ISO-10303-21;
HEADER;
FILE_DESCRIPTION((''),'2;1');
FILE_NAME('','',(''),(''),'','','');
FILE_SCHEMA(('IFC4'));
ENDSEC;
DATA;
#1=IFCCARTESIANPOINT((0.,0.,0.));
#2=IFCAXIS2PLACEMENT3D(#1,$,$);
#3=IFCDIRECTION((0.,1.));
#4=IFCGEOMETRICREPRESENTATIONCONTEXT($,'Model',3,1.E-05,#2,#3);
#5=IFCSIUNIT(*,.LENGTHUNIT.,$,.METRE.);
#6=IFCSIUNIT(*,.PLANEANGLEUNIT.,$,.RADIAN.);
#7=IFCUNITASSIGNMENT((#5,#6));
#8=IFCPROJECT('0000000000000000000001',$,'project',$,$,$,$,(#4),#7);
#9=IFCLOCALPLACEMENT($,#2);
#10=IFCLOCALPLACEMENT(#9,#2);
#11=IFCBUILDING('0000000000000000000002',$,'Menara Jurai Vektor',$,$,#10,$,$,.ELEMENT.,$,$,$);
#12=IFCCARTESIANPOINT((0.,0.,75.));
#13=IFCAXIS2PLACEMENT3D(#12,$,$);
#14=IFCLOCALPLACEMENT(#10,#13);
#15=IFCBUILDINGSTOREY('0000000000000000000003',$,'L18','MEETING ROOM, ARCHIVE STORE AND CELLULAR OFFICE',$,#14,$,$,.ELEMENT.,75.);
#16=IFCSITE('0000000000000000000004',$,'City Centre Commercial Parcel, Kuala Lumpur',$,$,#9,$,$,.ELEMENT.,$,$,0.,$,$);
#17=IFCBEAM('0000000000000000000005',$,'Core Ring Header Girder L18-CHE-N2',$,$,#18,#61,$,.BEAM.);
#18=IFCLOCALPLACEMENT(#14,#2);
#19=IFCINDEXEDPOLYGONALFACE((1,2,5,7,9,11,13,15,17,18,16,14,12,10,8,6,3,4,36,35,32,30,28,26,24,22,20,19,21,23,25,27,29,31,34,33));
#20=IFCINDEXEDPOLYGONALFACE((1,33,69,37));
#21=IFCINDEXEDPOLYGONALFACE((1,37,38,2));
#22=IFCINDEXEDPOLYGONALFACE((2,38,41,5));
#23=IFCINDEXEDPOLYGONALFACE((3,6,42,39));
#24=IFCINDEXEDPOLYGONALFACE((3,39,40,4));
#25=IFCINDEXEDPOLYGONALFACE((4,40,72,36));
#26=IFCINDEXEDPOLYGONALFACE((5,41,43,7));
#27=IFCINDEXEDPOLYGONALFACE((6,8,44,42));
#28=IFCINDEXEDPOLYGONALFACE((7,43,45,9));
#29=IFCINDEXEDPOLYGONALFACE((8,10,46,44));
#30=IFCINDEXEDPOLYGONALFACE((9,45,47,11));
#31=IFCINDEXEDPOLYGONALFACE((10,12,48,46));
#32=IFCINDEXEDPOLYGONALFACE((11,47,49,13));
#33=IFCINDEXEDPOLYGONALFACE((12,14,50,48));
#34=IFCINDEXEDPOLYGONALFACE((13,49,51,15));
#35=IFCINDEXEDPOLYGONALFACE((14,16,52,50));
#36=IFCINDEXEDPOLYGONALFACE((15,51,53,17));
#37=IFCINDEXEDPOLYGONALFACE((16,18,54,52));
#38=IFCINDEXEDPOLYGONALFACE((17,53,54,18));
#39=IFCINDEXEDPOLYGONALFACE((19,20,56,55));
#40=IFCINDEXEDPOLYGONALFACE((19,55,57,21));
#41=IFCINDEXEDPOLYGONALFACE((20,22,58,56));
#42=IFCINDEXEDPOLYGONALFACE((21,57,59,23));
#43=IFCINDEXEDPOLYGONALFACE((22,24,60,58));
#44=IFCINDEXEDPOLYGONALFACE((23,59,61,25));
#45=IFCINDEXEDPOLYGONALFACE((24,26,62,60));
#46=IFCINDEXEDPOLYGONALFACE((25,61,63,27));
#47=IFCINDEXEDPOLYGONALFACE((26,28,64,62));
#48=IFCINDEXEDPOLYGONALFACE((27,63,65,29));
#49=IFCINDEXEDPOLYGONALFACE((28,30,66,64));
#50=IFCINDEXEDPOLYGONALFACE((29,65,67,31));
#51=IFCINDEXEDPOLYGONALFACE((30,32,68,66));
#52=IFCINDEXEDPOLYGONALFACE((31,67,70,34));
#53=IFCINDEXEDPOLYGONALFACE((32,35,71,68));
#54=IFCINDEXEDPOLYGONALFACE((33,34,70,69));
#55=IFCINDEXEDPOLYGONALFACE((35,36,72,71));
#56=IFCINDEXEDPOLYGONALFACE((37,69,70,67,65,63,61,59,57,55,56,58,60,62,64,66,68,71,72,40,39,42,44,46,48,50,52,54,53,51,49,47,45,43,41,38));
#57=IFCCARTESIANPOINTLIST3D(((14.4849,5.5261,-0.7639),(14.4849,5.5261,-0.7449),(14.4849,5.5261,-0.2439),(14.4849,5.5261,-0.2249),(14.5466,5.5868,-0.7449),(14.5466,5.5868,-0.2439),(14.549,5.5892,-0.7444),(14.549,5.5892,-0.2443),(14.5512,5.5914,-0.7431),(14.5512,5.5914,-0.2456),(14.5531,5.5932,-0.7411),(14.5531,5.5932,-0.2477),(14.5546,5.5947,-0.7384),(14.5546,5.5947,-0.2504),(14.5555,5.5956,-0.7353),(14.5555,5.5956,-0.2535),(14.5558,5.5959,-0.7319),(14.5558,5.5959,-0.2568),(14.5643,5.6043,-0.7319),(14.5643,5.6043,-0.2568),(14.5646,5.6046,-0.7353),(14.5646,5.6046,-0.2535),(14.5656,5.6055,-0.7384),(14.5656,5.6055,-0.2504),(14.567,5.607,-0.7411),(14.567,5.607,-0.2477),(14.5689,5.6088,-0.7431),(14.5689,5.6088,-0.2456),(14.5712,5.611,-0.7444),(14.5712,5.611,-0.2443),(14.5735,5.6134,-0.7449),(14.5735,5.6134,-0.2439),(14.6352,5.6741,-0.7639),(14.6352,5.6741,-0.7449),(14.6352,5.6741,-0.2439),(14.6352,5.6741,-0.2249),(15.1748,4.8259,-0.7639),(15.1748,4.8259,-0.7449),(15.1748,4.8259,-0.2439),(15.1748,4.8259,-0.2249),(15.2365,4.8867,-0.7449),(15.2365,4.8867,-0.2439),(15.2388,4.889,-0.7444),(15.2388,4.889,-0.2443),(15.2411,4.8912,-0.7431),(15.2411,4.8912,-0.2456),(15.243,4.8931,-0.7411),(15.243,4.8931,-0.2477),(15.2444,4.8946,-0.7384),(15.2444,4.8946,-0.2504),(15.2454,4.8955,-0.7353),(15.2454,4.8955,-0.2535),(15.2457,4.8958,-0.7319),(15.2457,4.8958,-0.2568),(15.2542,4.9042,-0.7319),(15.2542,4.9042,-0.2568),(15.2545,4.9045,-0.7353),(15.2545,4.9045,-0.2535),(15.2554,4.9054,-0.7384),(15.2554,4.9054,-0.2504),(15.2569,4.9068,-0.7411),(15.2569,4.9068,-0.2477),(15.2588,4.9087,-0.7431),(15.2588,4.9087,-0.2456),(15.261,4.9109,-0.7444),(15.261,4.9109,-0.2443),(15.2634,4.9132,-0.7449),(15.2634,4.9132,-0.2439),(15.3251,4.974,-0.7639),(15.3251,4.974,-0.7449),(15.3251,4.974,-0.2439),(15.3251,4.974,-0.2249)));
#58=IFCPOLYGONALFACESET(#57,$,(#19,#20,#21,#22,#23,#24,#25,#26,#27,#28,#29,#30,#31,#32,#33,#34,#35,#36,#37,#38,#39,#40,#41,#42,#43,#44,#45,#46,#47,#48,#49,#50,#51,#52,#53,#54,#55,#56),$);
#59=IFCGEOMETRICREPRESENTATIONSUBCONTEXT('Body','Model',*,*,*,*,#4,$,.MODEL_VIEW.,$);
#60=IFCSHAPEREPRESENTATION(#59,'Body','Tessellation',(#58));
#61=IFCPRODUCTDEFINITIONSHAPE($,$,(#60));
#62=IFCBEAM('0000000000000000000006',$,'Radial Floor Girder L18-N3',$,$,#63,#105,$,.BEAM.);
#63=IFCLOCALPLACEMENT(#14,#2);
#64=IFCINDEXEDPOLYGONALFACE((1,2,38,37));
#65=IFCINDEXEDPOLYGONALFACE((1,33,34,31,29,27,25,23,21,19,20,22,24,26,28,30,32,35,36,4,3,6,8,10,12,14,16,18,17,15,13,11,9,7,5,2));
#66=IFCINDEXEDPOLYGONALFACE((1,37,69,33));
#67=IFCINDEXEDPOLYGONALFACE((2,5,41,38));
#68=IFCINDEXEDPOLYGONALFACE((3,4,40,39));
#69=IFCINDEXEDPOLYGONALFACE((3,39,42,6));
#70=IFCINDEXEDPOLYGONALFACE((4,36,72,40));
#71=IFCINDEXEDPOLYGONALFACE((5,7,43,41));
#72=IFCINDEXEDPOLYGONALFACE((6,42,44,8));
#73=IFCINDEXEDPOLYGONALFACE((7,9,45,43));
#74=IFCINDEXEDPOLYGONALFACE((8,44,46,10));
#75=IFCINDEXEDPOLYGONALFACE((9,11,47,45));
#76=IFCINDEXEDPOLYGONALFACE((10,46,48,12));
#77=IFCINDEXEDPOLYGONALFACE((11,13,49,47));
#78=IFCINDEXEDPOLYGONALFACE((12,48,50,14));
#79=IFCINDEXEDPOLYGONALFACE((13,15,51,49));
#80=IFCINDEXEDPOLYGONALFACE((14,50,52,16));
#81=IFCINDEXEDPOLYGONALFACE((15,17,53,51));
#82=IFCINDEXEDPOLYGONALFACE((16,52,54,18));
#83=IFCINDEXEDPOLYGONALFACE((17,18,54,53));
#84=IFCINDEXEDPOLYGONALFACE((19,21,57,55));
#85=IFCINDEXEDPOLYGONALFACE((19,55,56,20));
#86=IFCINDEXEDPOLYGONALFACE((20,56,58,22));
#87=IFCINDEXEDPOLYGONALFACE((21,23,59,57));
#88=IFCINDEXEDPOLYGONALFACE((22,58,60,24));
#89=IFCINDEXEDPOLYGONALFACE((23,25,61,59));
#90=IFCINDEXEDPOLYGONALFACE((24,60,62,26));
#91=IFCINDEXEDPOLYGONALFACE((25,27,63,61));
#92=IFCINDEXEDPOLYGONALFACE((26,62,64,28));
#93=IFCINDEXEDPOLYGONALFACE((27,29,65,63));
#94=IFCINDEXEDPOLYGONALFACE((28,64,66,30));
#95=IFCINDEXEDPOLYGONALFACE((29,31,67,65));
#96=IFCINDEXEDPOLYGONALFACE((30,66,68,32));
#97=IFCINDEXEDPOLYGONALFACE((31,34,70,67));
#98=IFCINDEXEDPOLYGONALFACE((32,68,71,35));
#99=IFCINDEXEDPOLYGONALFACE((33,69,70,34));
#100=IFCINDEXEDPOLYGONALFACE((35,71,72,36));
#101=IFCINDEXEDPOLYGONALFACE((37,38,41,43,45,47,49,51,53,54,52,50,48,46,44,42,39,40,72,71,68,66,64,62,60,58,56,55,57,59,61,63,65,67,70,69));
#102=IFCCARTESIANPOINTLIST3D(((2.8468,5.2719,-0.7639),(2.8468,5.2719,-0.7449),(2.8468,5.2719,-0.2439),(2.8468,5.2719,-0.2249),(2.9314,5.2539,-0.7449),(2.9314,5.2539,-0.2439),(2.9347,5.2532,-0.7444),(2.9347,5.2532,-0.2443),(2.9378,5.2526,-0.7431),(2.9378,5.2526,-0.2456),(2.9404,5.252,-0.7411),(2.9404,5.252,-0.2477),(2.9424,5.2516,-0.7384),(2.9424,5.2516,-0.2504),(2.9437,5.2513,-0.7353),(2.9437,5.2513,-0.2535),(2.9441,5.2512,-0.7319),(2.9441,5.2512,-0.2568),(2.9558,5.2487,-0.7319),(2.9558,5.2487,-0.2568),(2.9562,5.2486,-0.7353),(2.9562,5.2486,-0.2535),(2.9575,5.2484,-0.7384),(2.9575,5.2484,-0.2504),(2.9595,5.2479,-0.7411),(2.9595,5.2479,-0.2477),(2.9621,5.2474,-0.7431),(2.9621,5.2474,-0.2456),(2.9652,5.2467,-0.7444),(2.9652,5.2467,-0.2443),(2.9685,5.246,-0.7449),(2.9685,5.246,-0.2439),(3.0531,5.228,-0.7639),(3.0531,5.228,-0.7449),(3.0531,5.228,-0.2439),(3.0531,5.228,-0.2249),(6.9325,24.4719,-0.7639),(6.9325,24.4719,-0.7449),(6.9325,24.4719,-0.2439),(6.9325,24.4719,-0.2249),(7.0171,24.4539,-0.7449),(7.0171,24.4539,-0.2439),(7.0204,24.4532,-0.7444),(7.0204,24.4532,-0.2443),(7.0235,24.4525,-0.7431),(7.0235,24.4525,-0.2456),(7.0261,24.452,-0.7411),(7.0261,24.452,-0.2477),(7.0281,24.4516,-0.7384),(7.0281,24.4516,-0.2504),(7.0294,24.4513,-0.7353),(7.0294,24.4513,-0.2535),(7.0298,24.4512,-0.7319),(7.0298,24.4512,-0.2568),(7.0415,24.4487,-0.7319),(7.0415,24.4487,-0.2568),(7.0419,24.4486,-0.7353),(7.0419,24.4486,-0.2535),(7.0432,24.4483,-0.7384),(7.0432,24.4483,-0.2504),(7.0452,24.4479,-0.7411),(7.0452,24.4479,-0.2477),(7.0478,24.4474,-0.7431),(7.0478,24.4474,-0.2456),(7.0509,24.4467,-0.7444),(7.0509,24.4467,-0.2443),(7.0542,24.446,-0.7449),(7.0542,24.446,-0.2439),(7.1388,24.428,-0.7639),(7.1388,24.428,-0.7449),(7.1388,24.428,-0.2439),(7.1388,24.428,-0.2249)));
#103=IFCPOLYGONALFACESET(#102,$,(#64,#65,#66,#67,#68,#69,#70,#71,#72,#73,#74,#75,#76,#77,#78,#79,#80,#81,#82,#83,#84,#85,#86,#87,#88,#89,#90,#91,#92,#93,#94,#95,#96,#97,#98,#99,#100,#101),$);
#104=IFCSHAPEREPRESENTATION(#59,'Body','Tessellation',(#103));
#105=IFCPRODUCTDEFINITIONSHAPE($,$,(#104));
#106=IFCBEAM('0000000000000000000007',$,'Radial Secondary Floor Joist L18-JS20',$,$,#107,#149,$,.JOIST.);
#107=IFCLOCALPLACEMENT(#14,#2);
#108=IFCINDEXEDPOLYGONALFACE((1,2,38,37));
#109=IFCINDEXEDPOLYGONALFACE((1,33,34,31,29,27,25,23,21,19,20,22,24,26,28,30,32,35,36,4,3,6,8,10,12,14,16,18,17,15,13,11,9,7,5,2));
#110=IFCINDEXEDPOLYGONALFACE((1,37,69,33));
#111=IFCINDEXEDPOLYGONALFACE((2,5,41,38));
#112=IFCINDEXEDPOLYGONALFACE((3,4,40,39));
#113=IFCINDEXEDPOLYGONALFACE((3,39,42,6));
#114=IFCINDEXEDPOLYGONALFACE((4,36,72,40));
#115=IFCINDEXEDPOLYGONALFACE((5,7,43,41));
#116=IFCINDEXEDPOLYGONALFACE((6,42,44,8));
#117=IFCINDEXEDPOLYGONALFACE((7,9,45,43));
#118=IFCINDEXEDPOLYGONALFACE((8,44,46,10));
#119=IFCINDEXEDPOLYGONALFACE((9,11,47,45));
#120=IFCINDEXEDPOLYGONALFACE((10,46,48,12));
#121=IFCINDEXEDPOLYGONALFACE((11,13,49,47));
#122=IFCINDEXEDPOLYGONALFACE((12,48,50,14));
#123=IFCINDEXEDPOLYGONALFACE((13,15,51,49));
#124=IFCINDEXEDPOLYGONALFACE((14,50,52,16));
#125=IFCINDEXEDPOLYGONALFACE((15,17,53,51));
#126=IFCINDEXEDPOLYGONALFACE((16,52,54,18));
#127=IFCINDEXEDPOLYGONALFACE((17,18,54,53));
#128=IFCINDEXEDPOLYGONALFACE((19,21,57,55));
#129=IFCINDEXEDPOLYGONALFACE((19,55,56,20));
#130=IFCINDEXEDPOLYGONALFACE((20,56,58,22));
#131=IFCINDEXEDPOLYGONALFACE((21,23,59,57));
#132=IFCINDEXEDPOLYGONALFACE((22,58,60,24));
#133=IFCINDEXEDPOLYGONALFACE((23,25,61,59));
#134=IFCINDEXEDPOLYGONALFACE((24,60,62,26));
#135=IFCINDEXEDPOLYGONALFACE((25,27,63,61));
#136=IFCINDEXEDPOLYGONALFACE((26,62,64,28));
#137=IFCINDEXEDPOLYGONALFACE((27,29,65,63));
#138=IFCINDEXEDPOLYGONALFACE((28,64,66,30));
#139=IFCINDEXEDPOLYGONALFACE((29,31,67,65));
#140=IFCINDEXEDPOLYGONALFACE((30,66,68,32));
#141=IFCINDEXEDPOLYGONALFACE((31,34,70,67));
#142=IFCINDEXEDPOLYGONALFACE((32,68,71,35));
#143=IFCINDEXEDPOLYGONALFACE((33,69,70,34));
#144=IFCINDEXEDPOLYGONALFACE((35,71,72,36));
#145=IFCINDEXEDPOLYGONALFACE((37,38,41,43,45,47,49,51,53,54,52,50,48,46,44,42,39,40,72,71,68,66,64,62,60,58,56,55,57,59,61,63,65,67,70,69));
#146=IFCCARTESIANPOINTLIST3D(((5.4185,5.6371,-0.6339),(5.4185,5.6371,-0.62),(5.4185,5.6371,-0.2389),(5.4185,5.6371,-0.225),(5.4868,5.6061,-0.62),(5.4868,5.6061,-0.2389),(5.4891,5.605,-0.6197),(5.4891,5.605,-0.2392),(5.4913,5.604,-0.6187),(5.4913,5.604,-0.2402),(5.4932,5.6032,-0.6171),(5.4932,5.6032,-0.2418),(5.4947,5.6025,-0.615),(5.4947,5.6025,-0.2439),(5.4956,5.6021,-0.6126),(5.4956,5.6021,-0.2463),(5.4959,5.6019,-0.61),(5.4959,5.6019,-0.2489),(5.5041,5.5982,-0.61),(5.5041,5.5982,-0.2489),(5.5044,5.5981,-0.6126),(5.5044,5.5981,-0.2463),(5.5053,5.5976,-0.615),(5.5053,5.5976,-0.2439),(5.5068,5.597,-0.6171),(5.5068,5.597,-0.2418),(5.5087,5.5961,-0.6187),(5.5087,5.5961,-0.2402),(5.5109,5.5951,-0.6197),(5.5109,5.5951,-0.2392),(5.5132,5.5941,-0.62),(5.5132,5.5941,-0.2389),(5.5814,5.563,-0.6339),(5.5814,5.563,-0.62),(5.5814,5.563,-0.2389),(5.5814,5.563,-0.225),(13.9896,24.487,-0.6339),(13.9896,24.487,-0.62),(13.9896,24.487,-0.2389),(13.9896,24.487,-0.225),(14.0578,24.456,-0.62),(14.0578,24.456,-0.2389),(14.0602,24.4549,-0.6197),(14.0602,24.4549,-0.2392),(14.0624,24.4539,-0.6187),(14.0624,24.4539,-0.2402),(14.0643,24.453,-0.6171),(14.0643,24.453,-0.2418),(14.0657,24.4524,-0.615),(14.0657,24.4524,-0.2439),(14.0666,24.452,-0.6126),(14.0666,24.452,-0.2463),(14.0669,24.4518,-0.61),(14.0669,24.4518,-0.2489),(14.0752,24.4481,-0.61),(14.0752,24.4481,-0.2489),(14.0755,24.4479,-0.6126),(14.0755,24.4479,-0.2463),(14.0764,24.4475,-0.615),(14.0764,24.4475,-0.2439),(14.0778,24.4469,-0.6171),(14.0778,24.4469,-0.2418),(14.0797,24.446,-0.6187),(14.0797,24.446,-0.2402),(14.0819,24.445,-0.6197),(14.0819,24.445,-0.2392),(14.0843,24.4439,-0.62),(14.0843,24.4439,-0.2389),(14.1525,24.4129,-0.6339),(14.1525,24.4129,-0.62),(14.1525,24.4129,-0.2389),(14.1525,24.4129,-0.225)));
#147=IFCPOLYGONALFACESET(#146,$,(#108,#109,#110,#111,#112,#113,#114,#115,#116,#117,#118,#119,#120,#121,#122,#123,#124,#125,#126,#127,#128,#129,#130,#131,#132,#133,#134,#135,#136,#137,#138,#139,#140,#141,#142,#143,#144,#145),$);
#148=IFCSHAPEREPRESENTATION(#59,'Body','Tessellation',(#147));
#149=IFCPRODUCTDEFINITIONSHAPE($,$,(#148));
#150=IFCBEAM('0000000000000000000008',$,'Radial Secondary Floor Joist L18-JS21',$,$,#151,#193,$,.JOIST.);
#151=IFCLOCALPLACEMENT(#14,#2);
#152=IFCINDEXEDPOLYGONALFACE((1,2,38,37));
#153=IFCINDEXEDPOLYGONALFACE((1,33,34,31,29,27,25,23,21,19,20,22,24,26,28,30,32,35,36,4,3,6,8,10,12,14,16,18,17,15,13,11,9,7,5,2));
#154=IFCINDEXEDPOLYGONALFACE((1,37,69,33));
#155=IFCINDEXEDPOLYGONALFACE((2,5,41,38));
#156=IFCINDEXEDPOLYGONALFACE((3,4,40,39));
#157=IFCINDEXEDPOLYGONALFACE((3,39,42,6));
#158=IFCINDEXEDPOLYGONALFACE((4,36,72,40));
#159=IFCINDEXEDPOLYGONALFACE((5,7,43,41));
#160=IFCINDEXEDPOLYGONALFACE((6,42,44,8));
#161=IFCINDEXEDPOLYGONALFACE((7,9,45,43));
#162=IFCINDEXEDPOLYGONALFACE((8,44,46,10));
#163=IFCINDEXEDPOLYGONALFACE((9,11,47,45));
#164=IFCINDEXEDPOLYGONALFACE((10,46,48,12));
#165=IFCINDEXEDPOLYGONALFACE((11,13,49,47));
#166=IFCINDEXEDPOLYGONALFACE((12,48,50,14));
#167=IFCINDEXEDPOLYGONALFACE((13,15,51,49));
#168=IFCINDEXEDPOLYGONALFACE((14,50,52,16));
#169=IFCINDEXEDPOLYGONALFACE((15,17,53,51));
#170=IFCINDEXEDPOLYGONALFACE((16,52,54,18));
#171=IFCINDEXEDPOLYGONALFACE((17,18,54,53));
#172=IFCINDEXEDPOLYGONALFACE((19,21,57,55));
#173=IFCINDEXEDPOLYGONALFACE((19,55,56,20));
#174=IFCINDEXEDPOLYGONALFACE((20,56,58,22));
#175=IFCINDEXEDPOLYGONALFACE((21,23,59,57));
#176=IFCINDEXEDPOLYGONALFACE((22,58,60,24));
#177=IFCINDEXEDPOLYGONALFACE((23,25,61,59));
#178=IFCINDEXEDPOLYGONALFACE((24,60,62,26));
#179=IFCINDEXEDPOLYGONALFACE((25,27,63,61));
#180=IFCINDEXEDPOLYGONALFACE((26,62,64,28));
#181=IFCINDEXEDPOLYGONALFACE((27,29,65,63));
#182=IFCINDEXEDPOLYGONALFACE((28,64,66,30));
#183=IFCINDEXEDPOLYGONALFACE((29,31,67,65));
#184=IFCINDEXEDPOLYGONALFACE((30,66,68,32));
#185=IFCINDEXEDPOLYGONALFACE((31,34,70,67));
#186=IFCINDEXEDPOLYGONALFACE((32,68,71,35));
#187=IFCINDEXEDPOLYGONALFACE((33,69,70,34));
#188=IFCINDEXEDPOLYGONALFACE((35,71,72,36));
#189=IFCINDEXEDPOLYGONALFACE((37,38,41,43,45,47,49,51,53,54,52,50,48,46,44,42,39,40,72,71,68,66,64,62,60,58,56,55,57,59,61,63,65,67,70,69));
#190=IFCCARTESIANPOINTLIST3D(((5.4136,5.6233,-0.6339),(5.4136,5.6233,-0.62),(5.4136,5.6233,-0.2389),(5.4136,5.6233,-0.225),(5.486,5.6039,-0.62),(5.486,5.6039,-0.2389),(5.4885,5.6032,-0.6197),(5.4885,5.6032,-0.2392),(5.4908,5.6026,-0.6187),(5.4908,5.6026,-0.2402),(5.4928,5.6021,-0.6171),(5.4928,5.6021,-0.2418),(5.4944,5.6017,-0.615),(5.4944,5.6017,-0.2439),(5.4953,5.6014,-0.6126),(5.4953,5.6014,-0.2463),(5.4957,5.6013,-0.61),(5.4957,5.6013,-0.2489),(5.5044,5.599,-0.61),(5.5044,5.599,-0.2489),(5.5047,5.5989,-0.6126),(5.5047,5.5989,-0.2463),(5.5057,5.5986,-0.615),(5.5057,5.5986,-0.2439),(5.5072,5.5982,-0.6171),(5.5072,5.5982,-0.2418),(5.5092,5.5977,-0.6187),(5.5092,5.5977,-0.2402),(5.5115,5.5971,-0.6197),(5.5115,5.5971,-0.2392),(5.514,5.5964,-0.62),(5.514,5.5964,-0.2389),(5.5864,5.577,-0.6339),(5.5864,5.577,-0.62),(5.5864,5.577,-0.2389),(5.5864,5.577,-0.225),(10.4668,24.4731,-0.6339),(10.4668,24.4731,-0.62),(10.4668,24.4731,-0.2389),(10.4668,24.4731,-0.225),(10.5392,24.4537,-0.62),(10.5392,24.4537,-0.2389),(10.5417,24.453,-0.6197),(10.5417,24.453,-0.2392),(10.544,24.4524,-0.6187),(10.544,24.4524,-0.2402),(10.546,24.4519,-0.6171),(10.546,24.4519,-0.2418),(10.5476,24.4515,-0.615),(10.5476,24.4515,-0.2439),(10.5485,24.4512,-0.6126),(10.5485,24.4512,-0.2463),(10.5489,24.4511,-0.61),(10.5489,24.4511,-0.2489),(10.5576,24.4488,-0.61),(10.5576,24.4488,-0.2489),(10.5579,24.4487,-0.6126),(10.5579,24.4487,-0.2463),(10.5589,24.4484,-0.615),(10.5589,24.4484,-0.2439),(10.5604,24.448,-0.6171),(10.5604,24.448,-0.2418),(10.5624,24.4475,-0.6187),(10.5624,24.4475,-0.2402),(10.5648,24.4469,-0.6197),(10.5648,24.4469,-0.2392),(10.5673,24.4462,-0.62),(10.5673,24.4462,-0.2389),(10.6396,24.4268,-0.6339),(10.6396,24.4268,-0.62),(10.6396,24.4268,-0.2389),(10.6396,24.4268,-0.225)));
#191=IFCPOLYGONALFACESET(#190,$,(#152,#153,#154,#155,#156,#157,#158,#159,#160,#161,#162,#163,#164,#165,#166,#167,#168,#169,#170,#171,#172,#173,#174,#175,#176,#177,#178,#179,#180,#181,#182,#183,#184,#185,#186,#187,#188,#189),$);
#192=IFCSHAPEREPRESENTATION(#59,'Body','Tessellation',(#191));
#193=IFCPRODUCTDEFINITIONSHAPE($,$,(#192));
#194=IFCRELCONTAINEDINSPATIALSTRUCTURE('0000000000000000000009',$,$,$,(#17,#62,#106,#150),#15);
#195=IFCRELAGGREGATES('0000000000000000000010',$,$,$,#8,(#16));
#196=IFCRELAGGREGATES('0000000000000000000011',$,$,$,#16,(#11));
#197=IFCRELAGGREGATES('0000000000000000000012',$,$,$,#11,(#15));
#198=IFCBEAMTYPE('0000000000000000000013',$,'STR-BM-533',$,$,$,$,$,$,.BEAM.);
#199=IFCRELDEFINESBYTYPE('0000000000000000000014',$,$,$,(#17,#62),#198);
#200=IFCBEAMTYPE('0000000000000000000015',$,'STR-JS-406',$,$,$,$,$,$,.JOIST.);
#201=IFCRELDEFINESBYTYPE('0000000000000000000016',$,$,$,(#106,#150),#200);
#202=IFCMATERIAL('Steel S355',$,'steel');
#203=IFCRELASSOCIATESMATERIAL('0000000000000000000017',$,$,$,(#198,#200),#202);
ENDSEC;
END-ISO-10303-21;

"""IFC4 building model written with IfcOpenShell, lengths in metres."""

from ifc_helpers import new_model, si_unit, direction, frame, origin, origin_2d, place, context, subcontext, project, spatial, i_section, extrude, material, material_profile, profile_set, type_object, element, save


model = new_model("IFC4")

# Units and contexts
model_context = context("Model", 3, precision=1e-05, world=origin(), true_north=direction((0.0, 1.0)))
body_context = subcontext(model_context, "Body", "Model", "MODEL_VIEW")
ifc_project = project(units=[si_unit("LENGTHUNIT", "METRE"), si_unit("PLANEANGLEUNIT", "RADIAN")], contexts=[model_context])

# Site, building, storey
site_placement = place(None, origin())
site = spatial("IfcSite", under=ifc_project, at=site_placement, Name="City Centre Commercial Parcel, Kuala Lumpur", CompositionType="ELEMENT", RefElevation=0.0)
building_placement = place(site_placement, origin())
building = spatial("IfcBuilding", under=site, at=building_placement, Name="Menara Jurai Vektor", CompositionType="ELEMENT")
storey_placement = place(building_placement, frame((0.0, 0.0, 75.0)))
storey = spatial("IfcBuildingStorey", under=building, at=storey_placement, Name="L18", Description="MEETING ROOM, ARCHIVE STORE AND CELLULAR OFFICE", CompositionType="ELEMENT", Elevation=75.0)

# Shared definitions
ifc_material_1 = material(Name="Steel S355", Category="steel")

# Beams
ifc_material_profile_1 = material_profile(ifc_material_1, i_section(OverallWidth=0.2109, OverallDepth=0.5391, WebThickness=0.012, FlangeThickness=0.019, FilletRadius=0.0129, at=origin_2d()), Name="UKB 533x210x109")
ifc_profile_set_1 = profile_set([ifc_material_profile_1], Name="Steel S355")
beam_type_1 = type_object("IfcBeamType", Name="STR-BM-533", PredefinedType="BEAM", material=ifc_profile_set_1)
beam_1_placement = place(storey_placement, frame((14.5601, 5.6001, -0.4944), z_axis=(0.701872, -0.712303, 0.0), x_axis=(0.712303, 0.701872, 0.0)))
element("IfcBeam", 1, at=beam_1_placement, inside=storey, type_object=beam_type_1, Name="Core Ring Header Girder L18-CHE-N2", PredefinedType="BEAM", context=body_context, shape_type="SweptSolid", body=[
    extrude(i_section(OverallWidth=0.2109, OverallDepth=0.5391, WebThickness=0.012, FlangeThickness=0.019, FilletRadius=0.0129, at=origin_2d()), origin(), (0.0, 0.0, 1.0), 0.9829),
])
beam_2_placement = place(storey_placement, frame((7.0356, 24.45, -0.4944), z_axis=(-0.208137, -0.9781, 0.0), x_axis=(0.9781, -0.208137, 0.0)))
element("IfcBeam", 2, at=beam_2_placement, inside=storey, type_object=beam_type_1, Name="Radial Floor Girder L18-N3", PredefinedType="BEAM", context=body_context, shape_type="SweptSolid", body=[
    extrude(i_section(OverallWidth=0.2109, OverallDepth=0.5391, WebThickness=0.012, FlangeThickness=0.019, FilletRadius=0.0129, at=origin_2d()), origin(), (0.0, 0.0, 1.0), 19.6299),
])
ifc_material_profile_2 = material_profile(ifc_material_1, i_section(OverallWidth=0.179, OverallDepth=0.4089, WebThickness=0.009, FlangeThickness=0.0139, FilletRadius=0.01, at=origin_2d()), Name="UKB 406x178x67")
ifc_profile_set_2 = profile_set([ifc_material_profile_2], Name="Steel S355")
beam_type_2 = type_object("IfcBeamType", Name="STR-JS-406", PredefinedType="JOIST", material=ifc_profile_set_2)
beam_3_placement = place(storey_placement, frame((14.071, 24.45, -0.4294), z_axis=(-0.41392, -0.910313, 0.0), x_axis=(0.910313, -0.41392, 0.0)))
element("IfcBeam", 3, at=beam_3_placement, inside=storey, type_object=beam_type_2, Name="Radial Secondary Floor Joist L18-JS20", PredefinedType="JOIST", context=body_context, shape_type="SweptSolid", body=[
    extrude(i_section(OverallWidth=0.179, OverallDepth=0.4089, WebThickness=0.009, FlangeThickness=0.0139, FilletRadius=0.01, at=origin_2d()), origin(), (0.0, 0.0, 1.0), 20.707),
])
beam_4_placement = place(storey_placement, frame((10.5532, 24.45, -0.4294), z_axis=(-0.258935, -0.965895, 0.0), x_axis=(0.965895, -0.258935, 0.0)))
element("IfcBeam", 4, at=beam_4_placement, inside=storey, type_object=beam_type_2, Name="Radial Secondary Floor Joist L18-JS21", PredefinedType="JOIST", context=body_context, shape_type="SweptSolid", body=[
    extrude(i_section(OverallWidth=0.179, OverallDepth=0.4089, WebThickness=0.009, FlangeThickness=0.0139, FilletRadius=0.01, at=origin_2d()), origin(), (0.0, 0.0, 1.0), 19.5154),
])

save(model, "model.ifc")
